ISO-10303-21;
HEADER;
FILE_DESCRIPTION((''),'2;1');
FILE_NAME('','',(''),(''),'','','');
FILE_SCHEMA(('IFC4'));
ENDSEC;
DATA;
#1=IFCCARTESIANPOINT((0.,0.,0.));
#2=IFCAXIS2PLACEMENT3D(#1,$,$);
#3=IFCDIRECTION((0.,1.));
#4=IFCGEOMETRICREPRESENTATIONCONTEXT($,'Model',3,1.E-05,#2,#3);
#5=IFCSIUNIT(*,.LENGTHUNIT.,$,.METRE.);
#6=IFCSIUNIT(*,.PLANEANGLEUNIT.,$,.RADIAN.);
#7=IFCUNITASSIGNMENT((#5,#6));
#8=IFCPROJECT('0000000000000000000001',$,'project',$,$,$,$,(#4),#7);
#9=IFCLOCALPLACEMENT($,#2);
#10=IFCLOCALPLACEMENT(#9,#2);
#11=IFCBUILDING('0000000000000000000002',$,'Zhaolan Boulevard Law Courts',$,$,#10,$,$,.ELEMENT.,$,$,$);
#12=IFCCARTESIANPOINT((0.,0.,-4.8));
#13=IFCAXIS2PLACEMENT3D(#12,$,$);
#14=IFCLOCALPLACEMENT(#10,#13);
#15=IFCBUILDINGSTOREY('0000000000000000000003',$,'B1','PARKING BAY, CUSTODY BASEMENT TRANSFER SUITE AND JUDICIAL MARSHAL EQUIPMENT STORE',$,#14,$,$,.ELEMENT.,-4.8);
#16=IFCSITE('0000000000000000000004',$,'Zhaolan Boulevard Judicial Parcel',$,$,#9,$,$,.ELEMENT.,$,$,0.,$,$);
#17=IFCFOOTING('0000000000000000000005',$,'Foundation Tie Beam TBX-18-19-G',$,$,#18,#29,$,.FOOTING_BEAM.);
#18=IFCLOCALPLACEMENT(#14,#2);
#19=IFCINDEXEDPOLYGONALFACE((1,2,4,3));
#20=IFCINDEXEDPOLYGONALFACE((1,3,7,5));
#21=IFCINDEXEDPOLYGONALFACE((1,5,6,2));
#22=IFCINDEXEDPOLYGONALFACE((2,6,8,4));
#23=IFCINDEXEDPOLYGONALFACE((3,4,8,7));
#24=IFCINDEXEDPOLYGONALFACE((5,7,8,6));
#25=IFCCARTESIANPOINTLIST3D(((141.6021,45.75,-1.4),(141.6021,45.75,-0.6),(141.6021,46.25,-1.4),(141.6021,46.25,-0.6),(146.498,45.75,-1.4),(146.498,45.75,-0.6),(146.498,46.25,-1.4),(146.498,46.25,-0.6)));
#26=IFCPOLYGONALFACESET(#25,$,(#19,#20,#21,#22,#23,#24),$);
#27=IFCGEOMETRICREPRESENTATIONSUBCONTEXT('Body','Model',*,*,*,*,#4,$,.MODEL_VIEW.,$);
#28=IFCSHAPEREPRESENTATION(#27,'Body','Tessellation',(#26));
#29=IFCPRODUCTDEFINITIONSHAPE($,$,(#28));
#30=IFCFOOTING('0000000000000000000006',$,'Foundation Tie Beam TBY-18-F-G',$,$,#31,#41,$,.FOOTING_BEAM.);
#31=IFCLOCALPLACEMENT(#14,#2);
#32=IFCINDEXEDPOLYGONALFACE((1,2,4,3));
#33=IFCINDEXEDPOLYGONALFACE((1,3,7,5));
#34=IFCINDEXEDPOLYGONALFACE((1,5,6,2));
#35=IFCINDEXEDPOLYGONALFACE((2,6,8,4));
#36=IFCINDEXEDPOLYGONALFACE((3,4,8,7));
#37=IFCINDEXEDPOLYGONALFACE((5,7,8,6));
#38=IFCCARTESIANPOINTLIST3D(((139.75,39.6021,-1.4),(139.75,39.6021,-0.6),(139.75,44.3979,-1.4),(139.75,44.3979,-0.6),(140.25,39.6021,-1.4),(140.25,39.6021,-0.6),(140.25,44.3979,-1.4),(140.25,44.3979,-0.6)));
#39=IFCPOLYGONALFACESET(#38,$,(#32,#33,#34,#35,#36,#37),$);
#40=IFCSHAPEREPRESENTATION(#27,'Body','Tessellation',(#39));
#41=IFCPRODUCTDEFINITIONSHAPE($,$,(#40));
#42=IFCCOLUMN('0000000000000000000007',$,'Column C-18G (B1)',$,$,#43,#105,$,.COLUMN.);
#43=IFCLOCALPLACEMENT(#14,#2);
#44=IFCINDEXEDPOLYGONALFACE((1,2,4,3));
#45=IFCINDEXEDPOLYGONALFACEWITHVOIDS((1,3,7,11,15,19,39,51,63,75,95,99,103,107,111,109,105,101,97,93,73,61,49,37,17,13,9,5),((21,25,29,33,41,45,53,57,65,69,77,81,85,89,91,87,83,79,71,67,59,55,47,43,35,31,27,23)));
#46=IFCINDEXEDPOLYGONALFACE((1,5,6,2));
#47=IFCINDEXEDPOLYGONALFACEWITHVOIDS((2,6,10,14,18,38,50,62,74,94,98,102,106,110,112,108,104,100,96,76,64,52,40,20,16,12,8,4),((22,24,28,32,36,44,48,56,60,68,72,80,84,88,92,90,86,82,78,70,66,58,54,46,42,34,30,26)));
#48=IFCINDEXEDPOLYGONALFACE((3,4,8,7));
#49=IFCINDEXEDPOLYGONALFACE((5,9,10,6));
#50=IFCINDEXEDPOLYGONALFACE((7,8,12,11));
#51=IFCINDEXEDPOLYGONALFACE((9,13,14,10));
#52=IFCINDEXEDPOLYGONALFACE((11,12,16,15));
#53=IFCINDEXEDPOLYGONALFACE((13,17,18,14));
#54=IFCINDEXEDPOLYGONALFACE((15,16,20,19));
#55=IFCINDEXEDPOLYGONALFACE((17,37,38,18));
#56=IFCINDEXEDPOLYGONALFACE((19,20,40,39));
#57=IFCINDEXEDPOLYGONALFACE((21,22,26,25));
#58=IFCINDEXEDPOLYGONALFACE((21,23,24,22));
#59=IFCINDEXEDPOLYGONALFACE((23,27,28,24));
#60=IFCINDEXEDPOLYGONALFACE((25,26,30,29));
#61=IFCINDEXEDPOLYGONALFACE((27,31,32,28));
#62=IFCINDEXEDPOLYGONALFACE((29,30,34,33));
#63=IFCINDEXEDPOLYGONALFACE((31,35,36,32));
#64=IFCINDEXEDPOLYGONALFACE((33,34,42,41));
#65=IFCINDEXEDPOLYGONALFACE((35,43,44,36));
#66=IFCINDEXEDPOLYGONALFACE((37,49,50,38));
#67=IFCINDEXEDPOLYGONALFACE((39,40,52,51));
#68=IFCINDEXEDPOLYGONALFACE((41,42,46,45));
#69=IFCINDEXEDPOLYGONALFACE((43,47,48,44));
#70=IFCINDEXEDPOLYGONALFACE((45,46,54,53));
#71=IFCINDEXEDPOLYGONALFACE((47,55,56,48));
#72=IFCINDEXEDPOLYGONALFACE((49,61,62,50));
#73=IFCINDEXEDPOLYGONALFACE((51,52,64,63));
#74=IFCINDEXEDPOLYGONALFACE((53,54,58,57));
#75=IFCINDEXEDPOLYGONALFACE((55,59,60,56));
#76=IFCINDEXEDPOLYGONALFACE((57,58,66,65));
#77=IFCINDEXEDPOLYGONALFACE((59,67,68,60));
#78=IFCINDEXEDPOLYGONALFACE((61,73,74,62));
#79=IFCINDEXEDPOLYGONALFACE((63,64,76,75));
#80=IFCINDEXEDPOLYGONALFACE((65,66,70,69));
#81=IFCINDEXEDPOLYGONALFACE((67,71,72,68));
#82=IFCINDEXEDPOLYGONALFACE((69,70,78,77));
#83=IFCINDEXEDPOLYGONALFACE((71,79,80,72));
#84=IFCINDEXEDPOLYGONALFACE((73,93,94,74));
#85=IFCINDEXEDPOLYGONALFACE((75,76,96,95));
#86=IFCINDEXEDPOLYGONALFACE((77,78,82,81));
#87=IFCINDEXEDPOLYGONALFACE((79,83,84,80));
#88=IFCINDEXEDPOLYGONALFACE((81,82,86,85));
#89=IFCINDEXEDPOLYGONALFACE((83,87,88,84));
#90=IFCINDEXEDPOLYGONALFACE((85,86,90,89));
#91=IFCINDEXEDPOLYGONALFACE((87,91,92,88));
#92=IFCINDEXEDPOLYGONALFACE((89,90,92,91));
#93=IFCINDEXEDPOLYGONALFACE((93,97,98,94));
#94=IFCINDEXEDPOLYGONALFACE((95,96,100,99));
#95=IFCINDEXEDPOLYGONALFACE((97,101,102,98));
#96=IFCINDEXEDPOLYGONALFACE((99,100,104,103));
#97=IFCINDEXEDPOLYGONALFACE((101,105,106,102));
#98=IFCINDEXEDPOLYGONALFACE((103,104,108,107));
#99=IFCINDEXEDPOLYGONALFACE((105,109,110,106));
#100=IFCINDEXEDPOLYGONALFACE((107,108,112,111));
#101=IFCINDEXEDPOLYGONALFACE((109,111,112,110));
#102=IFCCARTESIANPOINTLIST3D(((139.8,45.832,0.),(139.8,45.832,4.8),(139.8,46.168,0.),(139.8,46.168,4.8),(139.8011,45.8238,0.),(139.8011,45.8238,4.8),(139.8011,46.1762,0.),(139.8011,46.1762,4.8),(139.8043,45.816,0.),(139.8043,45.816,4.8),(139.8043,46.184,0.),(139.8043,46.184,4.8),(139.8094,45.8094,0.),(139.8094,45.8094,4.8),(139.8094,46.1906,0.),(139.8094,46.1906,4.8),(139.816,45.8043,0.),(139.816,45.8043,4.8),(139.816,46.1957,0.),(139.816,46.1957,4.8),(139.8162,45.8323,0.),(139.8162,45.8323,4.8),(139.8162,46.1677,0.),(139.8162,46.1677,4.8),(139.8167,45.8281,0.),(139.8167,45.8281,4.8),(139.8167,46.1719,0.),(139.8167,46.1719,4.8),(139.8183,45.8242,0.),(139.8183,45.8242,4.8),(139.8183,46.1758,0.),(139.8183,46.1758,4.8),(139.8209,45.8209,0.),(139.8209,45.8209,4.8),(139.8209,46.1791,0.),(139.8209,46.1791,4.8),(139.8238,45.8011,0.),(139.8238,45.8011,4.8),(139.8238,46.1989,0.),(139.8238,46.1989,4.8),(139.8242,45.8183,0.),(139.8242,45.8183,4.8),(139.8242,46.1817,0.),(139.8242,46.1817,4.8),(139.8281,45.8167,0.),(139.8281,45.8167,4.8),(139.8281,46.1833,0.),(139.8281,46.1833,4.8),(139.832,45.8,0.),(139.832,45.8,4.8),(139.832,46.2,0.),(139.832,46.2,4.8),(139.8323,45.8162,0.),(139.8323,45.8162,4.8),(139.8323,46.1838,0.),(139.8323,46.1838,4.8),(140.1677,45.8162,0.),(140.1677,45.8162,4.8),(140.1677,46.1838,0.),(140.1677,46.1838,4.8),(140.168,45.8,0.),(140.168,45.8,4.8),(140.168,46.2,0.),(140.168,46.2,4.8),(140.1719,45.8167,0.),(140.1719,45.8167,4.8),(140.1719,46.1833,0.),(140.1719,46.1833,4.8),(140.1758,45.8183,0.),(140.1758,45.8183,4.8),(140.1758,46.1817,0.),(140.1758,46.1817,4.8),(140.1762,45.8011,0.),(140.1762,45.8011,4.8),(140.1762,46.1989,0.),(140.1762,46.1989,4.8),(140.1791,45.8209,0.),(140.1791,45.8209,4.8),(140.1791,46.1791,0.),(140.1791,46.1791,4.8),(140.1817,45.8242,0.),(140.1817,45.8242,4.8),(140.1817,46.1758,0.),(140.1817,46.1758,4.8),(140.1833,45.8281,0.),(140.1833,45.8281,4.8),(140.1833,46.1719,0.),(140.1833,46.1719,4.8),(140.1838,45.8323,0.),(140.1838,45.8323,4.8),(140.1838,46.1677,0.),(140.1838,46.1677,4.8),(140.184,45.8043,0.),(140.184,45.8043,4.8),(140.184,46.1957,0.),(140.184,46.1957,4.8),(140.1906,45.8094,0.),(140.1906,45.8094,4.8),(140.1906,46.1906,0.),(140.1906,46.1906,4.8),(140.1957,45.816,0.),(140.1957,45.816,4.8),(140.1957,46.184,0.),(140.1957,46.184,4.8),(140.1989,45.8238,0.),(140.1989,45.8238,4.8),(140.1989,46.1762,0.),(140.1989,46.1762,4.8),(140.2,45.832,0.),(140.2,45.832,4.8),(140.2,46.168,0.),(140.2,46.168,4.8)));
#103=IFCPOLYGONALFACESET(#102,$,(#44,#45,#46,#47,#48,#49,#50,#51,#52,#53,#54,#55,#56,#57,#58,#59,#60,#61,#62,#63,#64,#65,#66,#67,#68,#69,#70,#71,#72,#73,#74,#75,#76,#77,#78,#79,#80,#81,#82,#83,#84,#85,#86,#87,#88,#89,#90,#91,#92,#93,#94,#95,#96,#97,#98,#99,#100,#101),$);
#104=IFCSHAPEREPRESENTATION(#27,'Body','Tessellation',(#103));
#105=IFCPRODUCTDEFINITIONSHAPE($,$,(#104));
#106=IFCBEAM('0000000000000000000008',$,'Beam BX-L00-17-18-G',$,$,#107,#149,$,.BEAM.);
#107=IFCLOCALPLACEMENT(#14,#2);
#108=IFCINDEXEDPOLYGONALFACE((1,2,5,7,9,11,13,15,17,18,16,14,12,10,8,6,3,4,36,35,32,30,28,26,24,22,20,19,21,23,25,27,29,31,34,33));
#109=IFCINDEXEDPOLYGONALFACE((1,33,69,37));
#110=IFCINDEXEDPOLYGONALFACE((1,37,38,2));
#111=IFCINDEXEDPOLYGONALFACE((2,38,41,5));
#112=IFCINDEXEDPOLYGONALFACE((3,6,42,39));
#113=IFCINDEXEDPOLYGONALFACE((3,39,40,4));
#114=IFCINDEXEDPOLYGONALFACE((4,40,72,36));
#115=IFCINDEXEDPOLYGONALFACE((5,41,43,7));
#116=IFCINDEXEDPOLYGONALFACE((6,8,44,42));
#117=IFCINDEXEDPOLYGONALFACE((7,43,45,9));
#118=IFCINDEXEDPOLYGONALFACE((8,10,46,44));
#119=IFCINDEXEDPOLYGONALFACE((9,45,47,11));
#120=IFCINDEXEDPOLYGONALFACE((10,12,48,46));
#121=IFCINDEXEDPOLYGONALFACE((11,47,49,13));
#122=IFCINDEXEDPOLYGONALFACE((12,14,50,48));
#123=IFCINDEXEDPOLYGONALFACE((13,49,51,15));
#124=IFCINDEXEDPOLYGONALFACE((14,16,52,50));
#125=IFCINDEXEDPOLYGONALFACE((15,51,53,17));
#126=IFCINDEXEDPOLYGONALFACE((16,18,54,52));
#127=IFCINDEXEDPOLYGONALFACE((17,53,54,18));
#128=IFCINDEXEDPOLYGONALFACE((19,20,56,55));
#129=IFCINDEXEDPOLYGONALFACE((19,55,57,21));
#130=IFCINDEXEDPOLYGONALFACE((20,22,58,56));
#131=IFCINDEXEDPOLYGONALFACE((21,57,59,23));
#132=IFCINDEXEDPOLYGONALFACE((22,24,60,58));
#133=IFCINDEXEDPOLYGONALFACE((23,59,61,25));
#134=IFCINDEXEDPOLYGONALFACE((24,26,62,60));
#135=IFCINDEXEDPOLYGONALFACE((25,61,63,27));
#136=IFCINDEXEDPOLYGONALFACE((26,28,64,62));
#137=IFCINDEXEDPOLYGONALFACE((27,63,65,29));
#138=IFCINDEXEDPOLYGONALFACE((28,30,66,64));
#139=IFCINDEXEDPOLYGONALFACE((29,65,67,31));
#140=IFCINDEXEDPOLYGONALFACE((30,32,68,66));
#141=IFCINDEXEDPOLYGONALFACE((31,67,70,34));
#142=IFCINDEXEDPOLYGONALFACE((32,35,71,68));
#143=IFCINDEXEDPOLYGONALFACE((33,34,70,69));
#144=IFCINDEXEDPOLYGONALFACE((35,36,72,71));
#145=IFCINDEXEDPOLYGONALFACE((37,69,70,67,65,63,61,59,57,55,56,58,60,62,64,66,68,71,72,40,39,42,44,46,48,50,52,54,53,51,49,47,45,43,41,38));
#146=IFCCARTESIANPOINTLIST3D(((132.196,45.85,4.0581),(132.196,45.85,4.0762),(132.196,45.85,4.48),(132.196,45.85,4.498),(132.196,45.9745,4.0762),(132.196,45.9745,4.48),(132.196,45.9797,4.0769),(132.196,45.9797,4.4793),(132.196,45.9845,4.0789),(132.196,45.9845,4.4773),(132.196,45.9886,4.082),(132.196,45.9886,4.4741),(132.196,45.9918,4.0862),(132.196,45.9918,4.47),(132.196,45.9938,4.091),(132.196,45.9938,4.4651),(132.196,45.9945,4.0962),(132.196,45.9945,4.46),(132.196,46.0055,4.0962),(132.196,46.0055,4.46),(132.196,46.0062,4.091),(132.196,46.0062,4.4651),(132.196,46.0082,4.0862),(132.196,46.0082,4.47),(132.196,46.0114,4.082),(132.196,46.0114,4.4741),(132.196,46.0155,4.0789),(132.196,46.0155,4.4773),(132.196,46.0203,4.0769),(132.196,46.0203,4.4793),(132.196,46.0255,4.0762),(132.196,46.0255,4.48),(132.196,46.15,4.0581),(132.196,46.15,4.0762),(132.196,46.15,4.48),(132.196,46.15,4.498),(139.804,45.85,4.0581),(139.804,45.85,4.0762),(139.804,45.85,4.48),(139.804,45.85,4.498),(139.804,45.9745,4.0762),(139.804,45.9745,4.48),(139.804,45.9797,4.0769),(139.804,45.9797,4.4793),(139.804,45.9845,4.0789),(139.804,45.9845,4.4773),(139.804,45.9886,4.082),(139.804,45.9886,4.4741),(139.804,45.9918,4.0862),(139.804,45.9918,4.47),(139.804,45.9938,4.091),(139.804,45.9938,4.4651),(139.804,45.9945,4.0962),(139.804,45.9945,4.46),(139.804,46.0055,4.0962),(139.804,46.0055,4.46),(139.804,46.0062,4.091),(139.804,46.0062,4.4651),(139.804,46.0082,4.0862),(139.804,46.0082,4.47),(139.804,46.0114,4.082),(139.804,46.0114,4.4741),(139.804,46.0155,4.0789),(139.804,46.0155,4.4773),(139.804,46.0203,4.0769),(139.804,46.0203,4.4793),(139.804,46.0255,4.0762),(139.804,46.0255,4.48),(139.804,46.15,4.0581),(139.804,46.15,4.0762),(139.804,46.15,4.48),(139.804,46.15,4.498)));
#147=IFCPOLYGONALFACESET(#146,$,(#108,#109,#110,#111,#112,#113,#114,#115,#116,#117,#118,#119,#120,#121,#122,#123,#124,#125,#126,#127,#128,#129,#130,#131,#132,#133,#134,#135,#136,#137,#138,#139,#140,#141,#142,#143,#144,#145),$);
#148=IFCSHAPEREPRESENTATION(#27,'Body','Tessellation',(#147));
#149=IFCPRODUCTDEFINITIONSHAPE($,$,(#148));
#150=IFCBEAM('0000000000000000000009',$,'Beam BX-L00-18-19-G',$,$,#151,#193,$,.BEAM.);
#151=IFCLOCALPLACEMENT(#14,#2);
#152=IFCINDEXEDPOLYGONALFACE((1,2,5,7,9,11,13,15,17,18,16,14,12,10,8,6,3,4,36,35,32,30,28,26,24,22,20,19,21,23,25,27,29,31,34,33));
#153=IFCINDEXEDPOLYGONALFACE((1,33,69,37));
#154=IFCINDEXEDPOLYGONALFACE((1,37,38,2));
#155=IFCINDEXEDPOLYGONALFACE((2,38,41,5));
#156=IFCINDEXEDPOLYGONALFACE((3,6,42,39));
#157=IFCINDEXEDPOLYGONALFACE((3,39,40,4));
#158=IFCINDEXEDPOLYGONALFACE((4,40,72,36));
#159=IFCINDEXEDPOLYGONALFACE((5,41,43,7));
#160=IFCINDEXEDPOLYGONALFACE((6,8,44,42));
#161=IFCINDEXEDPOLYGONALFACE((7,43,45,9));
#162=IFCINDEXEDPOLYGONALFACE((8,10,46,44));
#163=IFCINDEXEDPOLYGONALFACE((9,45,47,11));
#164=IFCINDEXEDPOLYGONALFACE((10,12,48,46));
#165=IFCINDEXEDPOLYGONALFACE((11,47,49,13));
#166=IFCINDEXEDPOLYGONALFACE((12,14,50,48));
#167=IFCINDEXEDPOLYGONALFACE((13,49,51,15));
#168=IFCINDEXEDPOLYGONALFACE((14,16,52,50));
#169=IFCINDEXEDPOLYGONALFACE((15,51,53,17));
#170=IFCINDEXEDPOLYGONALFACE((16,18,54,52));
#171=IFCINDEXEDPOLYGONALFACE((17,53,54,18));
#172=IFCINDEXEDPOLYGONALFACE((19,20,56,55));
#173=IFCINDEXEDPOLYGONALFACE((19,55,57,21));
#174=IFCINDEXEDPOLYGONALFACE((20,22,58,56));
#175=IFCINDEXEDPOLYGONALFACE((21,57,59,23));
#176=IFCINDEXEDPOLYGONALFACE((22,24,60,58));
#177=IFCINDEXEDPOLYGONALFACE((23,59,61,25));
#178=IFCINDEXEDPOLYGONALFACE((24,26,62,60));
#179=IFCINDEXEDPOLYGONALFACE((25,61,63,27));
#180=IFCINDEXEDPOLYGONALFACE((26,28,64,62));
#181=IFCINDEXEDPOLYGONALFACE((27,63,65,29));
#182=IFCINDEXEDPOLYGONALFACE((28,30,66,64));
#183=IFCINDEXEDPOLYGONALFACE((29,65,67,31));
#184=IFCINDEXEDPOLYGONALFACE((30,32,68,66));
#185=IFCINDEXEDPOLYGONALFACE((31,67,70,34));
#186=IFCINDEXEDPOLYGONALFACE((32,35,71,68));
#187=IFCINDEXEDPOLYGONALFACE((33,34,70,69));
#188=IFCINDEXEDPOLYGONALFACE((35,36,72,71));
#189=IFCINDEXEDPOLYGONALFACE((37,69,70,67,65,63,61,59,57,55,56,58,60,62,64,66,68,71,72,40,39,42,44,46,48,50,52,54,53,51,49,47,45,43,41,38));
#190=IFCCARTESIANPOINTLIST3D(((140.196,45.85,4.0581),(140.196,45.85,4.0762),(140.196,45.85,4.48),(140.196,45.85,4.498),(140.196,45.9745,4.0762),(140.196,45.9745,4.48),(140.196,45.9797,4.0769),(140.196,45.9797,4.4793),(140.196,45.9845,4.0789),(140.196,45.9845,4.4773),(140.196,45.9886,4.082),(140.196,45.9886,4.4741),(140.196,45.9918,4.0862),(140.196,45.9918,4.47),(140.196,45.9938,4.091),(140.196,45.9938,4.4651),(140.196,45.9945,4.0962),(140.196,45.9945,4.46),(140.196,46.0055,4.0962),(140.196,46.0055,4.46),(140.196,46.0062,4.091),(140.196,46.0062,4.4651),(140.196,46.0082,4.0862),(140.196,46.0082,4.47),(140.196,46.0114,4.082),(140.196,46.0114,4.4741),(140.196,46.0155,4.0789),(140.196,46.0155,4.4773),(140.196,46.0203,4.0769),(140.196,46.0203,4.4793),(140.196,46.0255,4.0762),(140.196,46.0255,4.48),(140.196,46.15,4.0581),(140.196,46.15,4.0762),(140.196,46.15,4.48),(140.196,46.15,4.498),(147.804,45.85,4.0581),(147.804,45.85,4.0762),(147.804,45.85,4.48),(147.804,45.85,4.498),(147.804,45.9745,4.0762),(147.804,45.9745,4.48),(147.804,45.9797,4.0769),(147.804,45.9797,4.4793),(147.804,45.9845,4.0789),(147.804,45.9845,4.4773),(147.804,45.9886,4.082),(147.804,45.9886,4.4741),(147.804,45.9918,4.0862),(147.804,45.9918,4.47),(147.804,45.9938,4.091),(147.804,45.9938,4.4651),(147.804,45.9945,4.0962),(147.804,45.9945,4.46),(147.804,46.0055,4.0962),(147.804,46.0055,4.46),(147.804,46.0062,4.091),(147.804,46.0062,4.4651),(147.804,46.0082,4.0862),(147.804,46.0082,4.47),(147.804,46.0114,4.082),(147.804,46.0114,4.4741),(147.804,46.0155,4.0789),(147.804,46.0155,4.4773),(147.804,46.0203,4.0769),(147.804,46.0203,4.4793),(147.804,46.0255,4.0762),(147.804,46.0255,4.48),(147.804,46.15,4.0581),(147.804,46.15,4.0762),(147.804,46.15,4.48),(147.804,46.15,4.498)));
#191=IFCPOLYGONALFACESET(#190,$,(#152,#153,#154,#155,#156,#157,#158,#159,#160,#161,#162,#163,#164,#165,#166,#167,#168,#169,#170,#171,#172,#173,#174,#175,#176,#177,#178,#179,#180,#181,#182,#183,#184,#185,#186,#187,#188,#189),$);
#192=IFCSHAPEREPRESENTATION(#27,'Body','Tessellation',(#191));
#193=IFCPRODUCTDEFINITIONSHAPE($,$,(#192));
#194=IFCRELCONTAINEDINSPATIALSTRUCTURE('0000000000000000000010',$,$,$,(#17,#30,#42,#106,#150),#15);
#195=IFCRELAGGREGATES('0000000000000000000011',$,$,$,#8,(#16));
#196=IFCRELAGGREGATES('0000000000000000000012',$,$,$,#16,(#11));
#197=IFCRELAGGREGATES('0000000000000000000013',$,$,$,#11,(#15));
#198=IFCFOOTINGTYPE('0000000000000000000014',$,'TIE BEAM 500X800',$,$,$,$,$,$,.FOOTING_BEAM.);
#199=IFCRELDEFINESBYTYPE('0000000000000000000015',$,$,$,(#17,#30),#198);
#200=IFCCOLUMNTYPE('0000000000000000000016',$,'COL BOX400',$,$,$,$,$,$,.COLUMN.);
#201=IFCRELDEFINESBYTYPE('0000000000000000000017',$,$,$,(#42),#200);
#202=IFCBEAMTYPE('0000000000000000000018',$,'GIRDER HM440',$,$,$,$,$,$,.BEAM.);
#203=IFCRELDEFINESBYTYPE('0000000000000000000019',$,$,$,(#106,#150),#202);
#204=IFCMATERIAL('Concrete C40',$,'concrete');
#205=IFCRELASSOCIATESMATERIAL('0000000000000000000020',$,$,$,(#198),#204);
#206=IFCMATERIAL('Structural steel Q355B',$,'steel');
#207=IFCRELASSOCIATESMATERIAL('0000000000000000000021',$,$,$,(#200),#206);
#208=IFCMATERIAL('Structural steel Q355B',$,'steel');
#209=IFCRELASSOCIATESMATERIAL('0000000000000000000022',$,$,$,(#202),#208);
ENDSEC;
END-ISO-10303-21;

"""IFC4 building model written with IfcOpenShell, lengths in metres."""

from ifc_helpers import new_model, si_unit, direction, frame, origin, origin_2d, place, context, subcontext, project, spatial, rectangle, hollow_rectangle, i_section, extrude, material, material_profile, profile_set, type_object, element, save


model = new_model("IFC4")

# Units and contexts
model_context = context("Model", 3, precision=1e-05, world=origin(), true_north=direction((0.0, 1.0)))
body_context = subcontext(model_context, "Body", "Model", "MODEL_VIEW")
ifc_project = project(units=[si_unit("LENGTHUNIT", "METRE"), si_unit("PLANEANGLEUNIT", "RADIAN")], contexts=[model_context])

# Site, building, storey
site_placement = place(None, origin())
site = spatial("IfcSite", under=ifc_project, at=site_placement, Name="Zhaolan Boulevard Judicial Parcel", CompositionType="ELEMENT", RefElevation=0.0)
building_placement = place(site_placement, origin())
building = spatial("IfcBuilding", under=site, at=building_placement, Name="Zhaolan Boulevard Law Courts", CompositionType="ELEMENT")
storey_placement = place(building_placement, frame((0.0, 0.0, -4.8)))
storey = spatial("IfcBuildingStorey", under=building, at=storey_placement, Name="B1", Description="PARKING BAY, CUSTODY BASEMENT TRANSFER SUITE AND JUDICIAL MARSHAL EQUIPMENT STORE", CompositionType="ELEMENT", Elevation=-4.8)

# Footings
ifc_material_1 = material(Name="Concrete C40", Category="concrete")
ifc_material_profile_1 = material_profile(ifc_material_1, rectangle(XDim=0.5, YDim=0.8, at=origin_2d()), Name="RC500x800")
ifc_profile_set_1 = profile_set([ifc_material_profile_1], Name="Concrete C40")
footing_type_1 = type_object("IfcFootingType", Name="TIE BEAM 500X800", PredefinedType="FOOTING_BEAM", material=ifc_profile_set_1)
for number, where, z_axis, x_axis, name in (
    (1, (141.6021, 46.0, -1.0), (1.0, 0.0, 0.0), (0.0, 1.0, 0.0), "Foundation Tie Beam TBX-18-19-G"),
):
    element("IfcFooting", number, at=place(storey_placement, frame(where, z_axis=z_axis, x_axis=x_axis)), inside=storey, type_object=footing_type_1, Name=name, PredefinedType="FOOTING_BEAM", context=body_context, shape_type="SweptSolid", body=[
        extrude(rectangle(XDim=0.5, YDim=0.8, at=origin_2d()), origin(), (0.0, 0.0, 1.0), 4.896),
    ])
footing_1_placement = place(storey_placement, frame((140.0, 39.6021, -1.0), z_axis=(0.0, 1.0, 0.0), x_axis=(-1.0, 0.0, 0.0)))
element("IfcFooting", 2, at=footing_1_placement, inside=storey, type_object=footing_type_1, Name="Foundation Tie Beam TBY-18-F-G", PredefinedType="FOOTING_BEAM", context=body_context, shape_type="SweptSolid", body=[
    extrude(rectangle(XDim=0.5, YDim=0.8, at=origin_2d()), origin(), (0.0, 0.0, 1.0), 4.7959),
])

# Column
ifc_material_2 = material(Name="Structural steel Q355B", Category="steel")
ifc_material_profile_2 = material_profile(ifc_material_2, hollow_rectangle(XDim=0.3999, YDim=0.3999, WallThickness=0.0161, InnerFilletRadius=0.0161, OuterFilletRadius=0.032, at=origin_2d()), Name="BOX400x400x16")
ifc_profile_set_2 = profile_set([ifc_material_profile_2], Name="Structural steel Q355B")
column_type = type_object("IfcColumnType", Name="COL BOX400", PredefinedType="COLUMN", material=ifc_profile_set_2)
column_placement = place(storey_placement, frame((140.0, 46.0, 0.0), z_axis=(0.0, 0.0, 1.0), x_axis=(1.0, 0.0, 0.0)))
element("IfcColumn", 3, at=column_placement, inside=storey, type_object=column_type, Name="Column C-18G (B1)", PredefinedType="COLUMN", context=body_context, shape_type="SweptSolid", body=[
    extrude(hollow_rectangle(XDim=0.3999, YDim=0.3999, WallThickness=0.0161, InnerFilletRadius=0.0161, OuterFilletRadius=0.032, at=origin_2d()), origin(), (0.0, 0.0, 1.0), 4.8),
])

# Beams
ifc_material_3 = material(Name="Structural steel Q355B", Category="steel")
ifc_material_profile_3 = material_profile(ifc_material_3, i_section(OverallWidth=0.3, OverallDepth=0.4399, WebThickness=0.011, FlangeThickness=0.0181, FilletRadius=0.02, at=origin_2d()), Name="HM440x300")
ifc_profile_set_3 = profile_set([ifc_material_profile_3], Name="Structural steel Q355B")
beam_type_1 = type_object("IfcBeamType", Name="GIRDER HM440", PredefinedType="BEAM", material=ifc_profile_set_3)
for number, where, z_axis, x_axis, name in (
    (4, (132.196, 46.0, 4.2781), (1.0, 0.0, 0.0), (0.0, 1.0, 0.0), "Beam BX-L00-17-18-G"),
    (5, (140.196, 46.0, 4.2781), (1.0, 0.0, 0.0), (0.0, 1.0, 0.0), "Beam BX-L00-18-19-G"),
):
    element("IfcBeam", number, at=place(storey_placement, frame(where, z_axis=z_axis, x_axis=x_axis)), inside=storey, type_object=beam_type_1, Name=name, PredefinedType="BEAM", context=body_context, shape_type="SweptSolid", body=[
        extrude(i_section(OverallWidth=0.3, OverallDepth=0.4399, WebThickness=0.011, FlangeThickness=0.0181, FilletRadius=0.02, at=origin_2d()), origin(), (0.0, 0.0, 1.0), 7.6079),
    ])

save(model, "model.ifc")
